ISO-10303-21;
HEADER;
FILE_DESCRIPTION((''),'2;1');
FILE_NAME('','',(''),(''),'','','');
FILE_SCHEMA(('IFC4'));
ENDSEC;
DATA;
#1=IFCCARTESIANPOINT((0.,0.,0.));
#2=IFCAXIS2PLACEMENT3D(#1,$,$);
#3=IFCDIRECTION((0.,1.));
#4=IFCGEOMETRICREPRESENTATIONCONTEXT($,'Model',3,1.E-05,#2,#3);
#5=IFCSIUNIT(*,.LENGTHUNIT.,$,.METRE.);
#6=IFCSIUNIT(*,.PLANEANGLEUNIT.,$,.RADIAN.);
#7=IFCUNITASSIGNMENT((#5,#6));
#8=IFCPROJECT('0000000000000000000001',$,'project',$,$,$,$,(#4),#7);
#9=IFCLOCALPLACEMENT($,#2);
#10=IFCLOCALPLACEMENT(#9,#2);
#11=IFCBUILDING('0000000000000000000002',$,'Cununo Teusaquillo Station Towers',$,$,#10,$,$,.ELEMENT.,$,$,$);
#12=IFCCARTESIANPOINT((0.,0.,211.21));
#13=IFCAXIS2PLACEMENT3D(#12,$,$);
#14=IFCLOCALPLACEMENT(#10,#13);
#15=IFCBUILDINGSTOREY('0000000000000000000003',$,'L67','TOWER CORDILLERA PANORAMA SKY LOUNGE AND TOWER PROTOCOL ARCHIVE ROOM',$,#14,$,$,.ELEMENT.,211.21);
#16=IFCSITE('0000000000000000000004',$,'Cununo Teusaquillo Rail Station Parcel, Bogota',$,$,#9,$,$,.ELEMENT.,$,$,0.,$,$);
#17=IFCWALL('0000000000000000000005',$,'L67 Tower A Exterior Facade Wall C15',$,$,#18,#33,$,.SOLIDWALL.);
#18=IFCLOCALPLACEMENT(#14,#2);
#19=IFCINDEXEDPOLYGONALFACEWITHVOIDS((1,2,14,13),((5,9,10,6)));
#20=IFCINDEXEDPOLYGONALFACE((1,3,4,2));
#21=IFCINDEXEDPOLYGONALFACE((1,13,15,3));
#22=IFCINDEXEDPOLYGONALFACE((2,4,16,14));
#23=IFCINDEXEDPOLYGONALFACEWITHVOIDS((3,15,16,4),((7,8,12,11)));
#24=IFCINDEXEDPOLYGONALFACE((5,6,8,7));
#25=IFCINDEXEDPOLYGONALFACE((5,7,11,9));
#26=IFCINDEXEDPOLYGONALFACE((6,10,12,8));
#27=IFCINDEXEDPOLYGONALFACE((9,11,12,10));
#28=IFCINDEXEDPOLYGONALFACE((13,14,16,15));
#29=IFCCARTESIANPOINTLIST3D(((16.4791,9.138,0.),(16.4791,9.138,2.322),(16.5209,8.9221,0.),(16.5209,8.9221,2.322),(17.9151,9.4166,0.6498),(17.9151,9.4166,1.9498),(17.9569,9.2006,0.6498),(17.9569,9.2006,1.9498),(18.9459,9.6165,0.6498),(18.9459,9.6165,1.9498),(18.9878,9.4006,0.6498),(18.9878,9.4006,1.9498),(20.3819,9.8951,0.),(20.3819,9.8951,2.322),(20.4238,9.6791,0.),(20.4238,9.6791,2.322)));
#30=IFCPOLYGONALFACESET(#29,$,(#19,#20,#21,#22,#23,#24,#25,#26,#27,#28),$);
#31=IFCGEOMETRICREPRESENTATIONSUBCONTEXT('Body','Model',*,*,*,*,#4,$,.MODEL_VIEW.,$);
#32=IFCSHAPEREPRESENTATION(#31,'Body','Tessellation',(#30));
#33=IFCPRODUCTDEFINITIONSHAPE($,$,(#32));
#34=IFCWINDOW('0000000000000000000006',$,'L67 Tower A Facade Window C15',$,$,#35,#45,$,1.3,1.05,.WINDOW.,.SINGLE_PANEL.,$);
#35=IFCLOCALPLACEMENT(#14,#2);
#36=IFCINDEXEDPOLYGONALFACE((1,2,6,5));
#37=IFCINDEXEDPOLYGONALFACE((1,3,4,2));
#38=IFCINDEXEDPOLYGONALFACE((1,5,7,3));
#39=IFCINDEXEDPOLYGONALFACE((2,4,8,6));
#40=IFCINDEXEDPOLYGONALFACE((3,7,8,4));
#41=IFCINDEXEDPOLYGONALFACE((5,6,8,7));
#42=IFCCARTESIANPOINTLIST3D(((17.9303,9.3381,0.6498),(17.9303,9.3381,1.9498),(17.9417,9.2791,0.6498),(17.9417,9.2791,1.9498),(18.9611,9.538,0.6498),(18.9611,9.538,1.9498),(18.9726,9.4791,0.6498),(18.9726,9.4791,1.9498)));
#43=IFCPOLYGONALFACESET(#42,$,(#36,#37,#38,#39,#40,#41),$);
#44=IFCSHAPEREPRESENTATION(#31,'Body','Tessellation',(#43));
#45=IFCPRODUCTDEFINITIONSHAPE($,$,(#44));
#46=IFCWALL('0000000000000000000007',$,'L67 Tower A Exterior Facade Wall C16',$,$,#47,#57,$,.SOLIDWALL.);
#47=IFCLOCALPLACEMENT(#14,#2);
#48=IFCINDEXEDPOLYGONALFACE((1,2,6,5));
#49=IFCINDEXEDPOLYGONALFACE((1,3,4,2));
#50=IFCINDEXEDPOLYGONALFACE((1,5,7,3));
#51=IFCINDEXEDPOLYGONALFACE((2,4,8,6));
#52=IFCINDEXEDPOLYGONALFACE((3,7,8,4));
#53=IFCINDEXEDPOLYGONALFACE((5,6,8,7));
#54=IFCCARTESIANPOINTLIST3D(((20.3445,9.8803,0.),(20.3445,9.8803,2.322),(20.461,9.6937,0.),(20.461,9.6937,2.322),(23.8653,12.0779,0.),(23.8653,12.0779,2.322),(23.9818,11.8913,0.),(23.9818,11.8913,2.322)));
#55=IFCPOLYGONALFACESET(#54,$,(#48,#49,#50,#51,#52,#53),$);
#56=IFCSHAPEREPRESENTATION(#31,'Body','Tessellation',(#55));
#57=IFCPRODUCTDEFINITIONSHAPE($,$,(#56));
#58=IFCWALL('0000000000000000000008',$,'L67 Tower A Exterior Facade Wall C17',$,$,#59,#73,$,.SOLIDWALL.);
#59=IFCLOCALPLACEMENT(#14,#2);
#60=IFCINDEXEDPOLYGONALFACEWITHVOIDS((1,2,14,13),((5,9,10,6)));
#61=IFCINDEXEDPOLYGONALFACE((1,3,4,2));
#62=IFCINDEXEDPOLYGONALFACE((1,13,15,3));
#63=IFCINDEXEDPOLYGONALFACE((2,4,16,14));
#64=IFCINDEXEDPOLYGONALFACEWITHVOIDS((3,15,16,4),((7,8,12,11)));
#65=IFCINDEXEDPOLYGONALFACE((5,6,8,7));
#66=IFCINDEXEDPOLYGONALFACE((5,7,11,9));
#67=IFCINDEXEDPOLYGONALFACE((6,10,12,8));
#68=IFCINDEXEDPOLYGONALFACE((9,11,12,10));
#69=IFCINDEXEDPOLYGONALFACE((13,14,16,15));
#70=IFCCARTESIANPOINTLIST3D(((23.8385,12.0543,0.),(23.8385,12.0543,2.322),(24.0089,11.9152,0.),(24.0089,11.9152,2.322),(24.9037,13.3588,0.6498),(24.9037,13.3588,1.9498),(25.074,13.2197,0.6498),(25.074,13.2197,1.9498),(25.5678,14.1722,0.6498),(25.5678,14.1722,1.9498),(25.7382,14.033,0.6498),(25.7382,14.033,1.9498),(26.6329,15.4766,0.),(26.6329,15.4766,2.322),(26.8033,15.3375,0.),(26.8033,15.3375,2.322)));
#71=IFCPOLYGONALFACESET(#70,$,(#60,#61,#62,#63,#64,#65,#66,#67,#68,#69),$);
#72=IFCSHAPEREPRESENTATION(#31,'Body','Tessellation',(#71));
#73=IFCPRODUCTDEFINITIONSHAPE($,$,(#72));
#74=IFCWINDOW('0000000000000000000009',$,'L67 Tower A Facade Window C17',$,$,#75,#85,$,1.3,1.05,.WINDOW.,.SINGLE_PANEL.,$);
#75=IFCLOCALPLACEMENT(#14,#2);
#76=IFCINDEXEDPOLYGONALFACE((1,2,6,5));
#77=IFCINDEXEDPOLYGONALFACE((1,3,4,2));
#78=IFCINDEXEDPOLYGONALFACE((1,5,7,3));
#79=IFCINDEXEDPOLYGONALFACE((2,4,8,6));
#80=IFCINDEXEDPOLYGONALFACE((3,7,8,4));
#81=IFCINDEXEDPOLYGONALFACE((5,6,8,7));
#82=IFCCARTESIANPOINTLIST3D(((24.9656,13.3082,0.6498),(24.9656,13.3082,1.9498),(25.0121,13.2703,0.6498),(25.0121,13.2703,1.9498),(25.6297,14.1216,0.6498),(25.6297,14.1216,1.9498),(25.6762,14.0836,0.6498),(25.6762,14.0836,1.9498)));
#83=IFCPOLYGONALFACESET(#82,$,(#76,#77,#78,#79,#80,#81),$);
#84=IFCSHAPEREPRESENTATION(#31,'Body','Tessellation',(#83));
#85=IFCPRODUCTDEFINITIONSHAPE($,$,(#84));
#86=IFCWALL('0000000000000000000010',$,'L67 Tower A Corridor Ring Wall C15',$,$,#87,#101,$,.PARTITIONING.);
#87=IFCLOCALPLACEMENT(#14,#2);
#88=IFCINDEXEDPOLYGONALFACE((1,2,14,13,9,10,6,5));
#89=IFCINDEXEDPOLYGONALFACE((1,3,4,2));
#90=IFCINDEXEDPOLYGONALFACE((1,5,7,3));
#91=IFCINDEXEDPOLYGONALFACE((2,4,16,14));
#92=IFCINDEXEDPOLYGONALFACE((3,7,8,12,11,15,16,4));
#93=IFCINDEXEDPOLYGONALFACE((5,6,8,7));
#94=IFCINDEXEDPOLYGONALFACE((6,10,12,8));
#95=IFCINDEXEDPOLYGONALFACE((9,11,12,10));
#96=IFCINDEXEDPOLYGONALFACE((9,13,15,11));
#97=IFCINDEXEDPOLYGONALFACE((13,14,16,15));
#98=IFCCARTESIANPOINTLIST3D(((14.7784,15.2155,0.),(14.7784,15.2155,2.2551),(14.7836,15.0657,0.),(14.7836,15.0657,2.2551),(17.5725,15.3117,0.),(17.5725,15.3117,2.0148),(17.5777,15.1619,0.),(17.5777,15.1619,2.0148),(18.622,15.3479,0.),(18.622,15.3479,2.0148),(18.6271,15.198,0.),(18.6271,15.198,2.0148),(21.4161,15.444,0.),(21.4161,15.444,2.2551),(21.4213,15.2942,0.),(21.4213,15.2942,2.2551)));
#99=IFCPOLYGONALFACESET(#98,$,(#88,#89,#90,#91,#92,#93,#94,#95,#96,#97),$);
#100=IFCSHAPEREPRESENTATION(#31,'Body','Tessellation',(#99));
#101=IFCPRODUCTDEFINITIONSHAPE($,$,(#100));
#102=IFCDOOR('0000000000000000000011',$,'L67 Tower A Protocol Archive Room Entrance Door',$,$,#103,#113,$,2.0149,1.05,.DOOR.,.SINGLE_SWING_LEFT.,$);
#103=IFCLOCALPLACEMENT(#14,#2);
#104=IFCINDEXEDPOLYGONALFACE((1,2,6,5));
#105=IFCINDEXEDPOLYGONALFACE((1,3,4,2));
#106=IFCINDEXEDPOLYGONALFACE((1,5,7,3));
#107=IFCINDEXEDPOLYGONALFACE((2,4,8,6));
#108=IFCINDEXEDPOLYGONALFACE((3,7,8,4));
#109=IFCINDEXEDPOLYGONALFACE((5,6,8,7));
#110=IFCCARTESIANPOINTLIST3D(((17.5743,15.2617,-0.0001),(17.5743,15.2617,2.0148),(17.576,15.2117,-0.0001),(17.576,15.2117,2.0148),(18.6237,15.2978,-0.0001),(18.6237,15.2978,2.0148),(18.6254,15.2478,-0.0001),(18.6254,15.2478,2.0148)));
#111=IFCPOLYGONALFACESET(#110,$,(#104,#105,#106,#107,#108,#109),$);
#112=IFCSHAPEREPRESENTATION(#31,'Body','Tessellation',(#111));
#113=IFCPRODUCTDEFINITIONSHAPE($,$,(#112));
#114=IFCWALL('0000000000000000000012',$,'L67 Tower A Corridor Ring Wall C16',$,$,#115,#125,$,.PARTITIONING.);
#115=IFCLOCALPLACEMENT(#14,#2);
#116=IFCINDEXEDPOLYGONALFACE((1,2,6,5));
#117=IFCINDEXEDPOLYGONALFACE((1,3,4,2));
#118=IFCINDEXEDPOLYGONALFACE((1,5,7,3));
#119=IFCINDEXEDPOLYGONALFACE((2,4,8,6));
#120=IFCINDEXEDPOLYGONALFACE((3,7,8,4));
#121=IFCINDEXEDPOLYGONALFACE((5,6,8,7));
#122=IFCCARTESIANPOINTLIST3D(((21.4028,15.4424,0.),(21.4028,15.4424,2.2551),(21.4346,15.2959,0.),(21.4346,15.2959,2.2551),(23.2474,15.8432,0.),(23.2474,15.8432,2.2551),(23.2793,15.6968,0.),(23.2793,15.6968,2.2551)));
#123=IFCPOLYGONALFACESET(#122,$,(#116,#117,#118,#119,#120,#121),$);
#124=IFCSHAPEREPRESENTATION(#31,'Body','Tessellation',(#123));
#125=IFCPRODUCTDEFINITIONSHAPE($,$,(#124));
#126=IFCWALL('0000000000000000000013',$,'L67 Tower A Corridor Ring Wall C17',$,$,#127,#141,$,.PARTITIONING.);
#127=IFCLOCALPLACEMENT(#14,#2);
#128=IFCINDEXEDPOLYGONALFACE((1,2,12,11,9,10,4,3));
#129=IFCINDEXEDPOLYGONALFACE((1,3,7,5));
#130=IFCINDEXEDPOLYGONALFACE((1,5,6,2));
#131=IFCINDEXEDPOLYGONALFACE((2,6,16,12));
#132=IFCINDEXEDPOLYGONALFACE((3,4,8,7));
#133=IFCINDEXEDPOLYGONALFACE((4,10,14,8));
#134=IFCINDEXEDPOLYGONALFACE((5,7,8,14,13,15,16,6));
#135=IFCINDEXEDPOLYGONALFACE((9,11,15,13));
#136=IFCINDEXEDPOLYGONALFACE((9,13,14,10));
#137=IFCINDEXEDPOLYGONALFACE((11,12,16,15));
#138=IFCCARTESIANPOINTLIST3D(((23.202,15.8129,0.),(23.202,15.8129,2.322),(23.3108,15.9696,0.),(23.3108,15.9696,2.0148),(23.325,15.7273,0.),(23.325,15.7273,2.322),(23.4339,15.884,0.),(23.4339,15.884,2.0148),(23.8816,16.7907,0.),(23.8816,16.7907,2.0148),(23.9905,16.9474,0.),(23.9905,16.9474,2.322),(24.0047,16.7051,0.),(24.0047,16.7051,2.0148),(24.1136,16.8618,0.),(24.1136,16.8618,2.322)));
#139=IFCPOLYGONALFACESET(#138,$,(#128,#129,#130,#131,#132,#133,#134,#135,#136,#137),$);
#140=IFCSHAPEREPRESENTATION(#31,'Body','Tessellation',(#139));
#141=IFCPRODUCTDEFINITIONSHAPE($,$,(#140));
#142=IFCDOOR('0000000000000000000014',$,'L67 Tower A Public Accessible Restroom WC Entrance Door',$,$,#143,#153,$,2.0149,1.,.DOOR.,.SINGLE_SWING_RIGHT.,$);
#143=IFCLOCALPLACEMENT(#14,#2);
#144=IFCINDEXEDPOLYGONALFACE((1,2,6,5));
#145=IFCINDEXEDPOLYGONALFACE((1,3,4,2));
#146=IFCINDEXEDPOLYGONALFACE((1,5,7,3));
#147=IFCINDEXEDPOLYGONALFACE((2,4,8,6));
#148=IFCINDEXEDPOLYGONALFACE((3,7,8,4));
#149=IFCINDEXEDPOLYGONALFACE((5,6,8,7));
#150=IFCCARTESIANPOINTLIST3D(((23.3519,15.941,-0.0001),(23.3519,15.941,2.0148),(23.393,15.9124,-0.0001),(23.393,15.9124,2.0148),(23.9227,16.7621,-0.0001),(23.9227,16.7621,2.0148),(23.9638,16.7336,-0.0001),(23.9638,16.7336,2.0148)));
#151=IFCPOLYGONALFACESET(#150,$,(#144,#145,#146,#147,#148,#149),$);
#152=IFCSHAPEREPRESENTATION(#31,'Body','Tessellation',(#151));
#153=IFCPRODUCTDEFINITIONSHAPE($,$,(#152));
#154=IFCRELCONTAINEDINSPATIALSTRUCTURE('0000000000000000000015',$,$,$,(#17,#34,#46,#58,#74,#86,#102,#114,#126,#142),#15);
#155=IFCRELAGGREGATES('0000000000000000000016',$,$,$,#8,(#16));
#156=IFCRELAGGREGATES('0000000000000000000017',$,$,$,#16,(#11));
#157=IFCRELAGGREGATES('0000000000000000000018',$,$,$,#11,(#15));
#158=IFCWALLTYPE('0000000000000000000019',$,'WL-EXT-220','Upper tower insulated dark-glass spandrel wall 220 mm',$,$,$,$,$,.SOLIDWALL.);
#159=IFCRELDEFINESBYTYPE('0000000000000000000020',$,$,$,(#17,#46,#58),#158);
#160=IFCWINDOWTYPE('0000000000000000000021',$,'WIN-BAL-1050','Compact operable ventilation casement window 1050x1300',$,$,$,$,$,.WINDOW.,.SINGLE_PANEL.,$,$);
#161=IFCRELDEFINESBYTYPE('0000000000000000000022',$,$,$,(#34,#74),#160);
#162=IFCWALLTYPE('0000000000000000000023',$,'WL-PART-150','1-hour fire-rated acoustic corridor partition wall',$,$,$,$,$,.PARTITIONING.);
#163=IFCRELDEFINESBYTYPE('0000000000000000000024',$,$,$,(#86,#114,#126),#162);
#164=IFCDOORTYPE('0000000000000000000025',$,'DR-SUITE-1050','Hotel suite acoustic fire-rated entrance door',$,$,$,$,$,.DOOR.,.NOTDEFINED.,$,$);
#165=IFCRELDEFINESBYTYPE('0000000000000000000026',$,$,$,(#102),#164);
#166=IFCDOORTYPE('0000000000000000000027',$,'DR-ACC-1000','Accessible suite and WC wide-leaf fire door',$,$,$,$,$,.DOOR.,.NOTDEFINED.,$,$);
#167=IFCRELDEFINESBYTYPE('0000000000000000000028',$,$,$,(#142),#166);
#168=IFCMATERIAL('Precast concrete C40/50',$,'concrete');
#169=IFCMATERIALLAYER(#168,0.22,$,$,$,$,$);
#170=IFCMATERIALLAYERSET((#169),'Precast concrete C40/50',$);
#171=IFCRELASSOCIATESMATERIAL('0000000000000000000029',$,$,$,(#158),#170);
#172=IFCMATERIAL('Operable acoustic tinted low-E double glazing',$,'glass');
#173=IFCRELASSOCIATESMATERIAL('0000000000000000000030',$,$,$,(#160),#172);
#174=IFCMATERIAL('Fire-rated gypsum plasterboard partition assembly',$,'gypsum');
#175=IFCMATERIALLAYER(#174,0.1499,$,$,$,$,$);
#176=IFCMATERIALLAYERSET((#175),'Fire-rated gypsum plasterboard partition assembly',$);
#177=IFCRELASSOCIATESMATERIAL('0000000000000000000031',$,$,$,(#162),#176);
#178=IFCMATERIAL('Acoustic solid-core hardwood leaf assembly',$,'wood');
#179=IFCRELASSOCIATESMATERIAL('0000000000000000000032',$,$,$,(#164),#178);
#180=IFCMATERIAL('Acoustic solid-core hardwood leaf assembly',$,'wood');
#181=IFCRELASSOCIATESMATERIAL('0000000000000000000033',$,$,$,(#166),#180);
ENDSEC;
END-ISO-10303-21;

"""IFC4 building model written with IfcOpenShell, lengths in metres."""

from ifc_helpers import new_model, si_unit, direction, frame, frame_2d, origin, place, context, subcontext, project, spatial, rectangle, extrude, source, transform, mapped, material, layer, layer_set, type_object, element, fill, save


model = new_model("IFC4")

# Units and contexts
model_context = context("Model", 3, precision=1e-05, world=origin(), true_north=direction((0.0, 1.0)))
body_context = subcontext(model_context, "Body", "Model", "MODEL_VIEW")
ifc_project = project(units=[si_unit("LENGTHUNIT", "METRE"), si_unit("PLANEANGLEUNIT", "RADIAN")], contexts=[model_context])

# Site, building, storey
site_placement = place(None, origin())
site = spatial("IfcSite", under=ifc_project, at=site_placement, Name="Cununo Teusaquillo Rail Station Parcel, Bogota", CompositionType="ELEMENT", RefElevation=0.0)
building_placement = place(site_placement, origin())
building = spatial("IfcBuilding", under=site, at=building_placement, Name="Cununo Teusaquillo Station Towers", CompositionType="ELEMENT")
storey_placement = place(building_placement, frame((0.0, 0.0, 211.21)))
storey = spatial("IfcBuildingStorey", under=building, at=storey_placement, Name="L67", Description="TOWER CORDILLERA PANORAMA SKY LOUNGE AND TOWER PROTOCOL ARCHIVE ROOM", CompositionType="ELEMENT", Elevation=211.21)

# Wall, opening, window
ifc_material_1 = material(Name="Precast concrete C40/50", Category="concrete")
ifc_layer_1 = layer(ifc_material_1, 0.22)
ifc_layer_set_1 = layer_set([ifc_layer_1], Name="Precast concrete C40/50")
wall_type_1 = type_object("IfcWallType", Name="WL-EXT-220", Description="Upper tower insulated dark-glass spandrel wall 220 mm", PredefinedType="SOLIDWALL", material=ifc_layer_set_1)
shared_shape_1 = source(origin(), body_context, "Body", "SweptSolid", [
    extrude(rectangle(XDim=1.05, YDim=1.3, at=frame_2d((0.5249, 0.6499))), frame((0.0, 0.1199, 0.0), z_axis=(0.0, -1.0, 0.0), x_axis=(1.0, 0.0, 0.0)), (0.0, 0.0, 1.0), 0.24),
])
ifc_material_2 = material(Name="Operable acoustic tinted low-E double glazing", Category="glass")
window_type = type_object("IfcWindowType", Name="WIN-BAL-1050", Description="Compact operable ventilation casement window 1050x1300", PartitioningType="SINGLE_PANEL", PredefinedType="WINDOW", material=ifc_material_2)
shared_shape_2 = source(origin(), body_context, "Body", "SweptSolid", [
    extrude(rectangle(XDim=1.05, YDim=1.3, at=frame_2d((0.5249, 0.6499))), frame((0.0, 0.03, 0.0), z_axis=(0.0, -1.0, 0.0), x_axis=(1.0, 0.0, 0.0)), (0.0, 0.0, 1.0), 0.0601),
])
wall_1_placement = place(storey_placement, frame((20.4028, 9.7871, 0.0), z_axis=(0.0, 0.0, 1.0), x_axis=(-0.9817, -0.190432, 0.0)))
wall_1 = element("IfcWall", 1, at=wall_1_placement, inside=storey, type_object=wall_type_1, Name="L67 Tower A Exterior Facade Wall C15", PredefinedType="SOLIDWALL", context=body_context, shape_type="SweptSolid", body=[
    extrude(rectangle(XDim=3.9756, YDim=0.22, at=frame_2d((1.9878, 0.0))), origin(), (0.0, 0.0, 1.0), 2.322),
])
opening_1_placement = place(wall_1_placement, frame((1.4629, 0.0, 0.6499)))
opening_1 = element("IfcOpeningElement", 2, at=opening_1_placement, cuts=wall_1, PredefinedType="OPENING", context=body_context, shape_type="MappedRepresentation", body=[
    mapped(shared_shape_1, transform((0.0, 0.0, 0.0), x_axis=(1.0, 0.0, 0.0), y_axis=(0.0, 1.0, 0.0), z_axis=(0.0, 0.0, 1.0), scale=1.0)),
])
window_1_placement = place(opening_1_placement, origin())
window_1 = element("IfcWindow", 3, at=window_1_placement, inside=storey, type_object=window_type, Name="L67 Tower A Facade Window C15", OverallHeight=1.3, OverallWidth=1.05, PartitioningType="SINGLE_PANEL", PredefinedType="WINDOW", context=body_context, shape_type="MappedRepresentation", body=[
    mapped(shared_shape_2, transform((0.0, 0.0, 0.0), x_axis=(1.0, 0.0, 0.0), y_axis=(0.0, 1.0, 0.0), z_axis=(0.0, 0.0, 1.0), scale=1.0)),
])
fill(opening_1, window_1)

# Wall
wall_2_placement = place(storey_placement, frame((23.9236, 11.9846, 0.0), z_axis=(0.0, 0.0, 1.0), x_axis=(-0.848319, -0.529486, 0.0)))
element("IfcWall", 4, at=wall_2_placement, inside=storey, type_object=wall_type_1, Name="L67 Tower A Exterior Facade Wall C16", PredefinedType="SOLIDWALL", context=body_context, shape_type="SweptSolid", body=[
    extrude(rectangle(XDim=4.1504, YDim=0.22, at=frame_2d((2.0752, 0.0))), origin(), (0.0, 0.0, 1.0), 2.322),
])

# Wall, opening, window
wall_3_placement = place(storey_placement, frame((26.718, 15.407, 0.0), z_axis=(0.0, 0.0, 1.0), x_axis=(-0.632467, -0.774587, 0.0)))
wall_3 = element("IfcWall", 5, at=wall_3_placement, inside=storey, type_object=wall_type_1, Name="L67 Tower A Exterior Facade Wall C17", PredefinedType="SOLIDWALL", context=body_context, shape_type="SweptSolid", body=[
    extrude(rectangle(XDim=4.4182, YDim=0.22, at=frame_2d((2.209, 0.0))), origin(), (0.0, 0.0, 1.0), 2.322),
])
opening_2_placement = place(wall_3_placement, frame((1.6841, 0.0, 0.6499)))
opening_2 = element("IfcOpeningElement", 6, at=opening_2_placement, cuts=wall_3, PredefinedType="OPENING", context=body_context, shape_type="MappedRepresentation", body=[
    mapped(shared_shape_1, transform((0.0, 0.0, 0.0), x_axis=(1.0, 0.0, 0.0), y_axis=(0.0, 1.0, 0.0), z_axis=(0.0, 0.0, 1.0), scale=1.0)),
])
window_2_placement = place(opening_2_placement, origin())
window_2 = element("IfcWindow", 7, at=window_2_placement, inside=storey, type_object=window_type, Name="L67 Tower A Facade Window C17", OverallHeight=1.3, OverallWidth=1.05, PartitioningType="SINGLE_PANEL", PredefinedType="WINDOW", context=body_context, shape_type="MappedRepresentation", body=[
    mapped(shared_shape_2, transform((0.0, 0.0, 0.0), x_axis=(1.0, 0.0, 0.0), y_axis=(0.0, 1.0, 0.0), z_axis=(0.0, 0.0, 1.0), scale=1.0)),
])
fill(opening_2, window_2)

# Wall, opening, door
ifc_material_3 = material(Name="Fire-rated gypsum plasterboard partition assembly", Category="gypsum")
ifc_layer_2 = layer(ifc_material_3, 0.1499)
ifc_layer_set_2 = layer_set([ifc_layer_2], Name="Fire-rated gypsum plasterboard partition assembly")
wall_type_2 = type_object("IfcWallType", Name="WL-PART-150", Description="1-hour fire-rated acoustic corridor partition wall", PredefinedType="PARTITIONING", material=ifc_layer_set_2)
wall_4_placement = place(storey_placement, frame((14.781, 15.1406, 0.0), z_axis=(0.0, 0.0, 1.0), x_axis=(0.999408, 0.034407, 0.0)))
wall_4 = element("IfcWall", 8, at=wall_4_placement, inside=storey, type_object=wall_type_2, Name="L67 Tower A Corridor Ring Wall C15", PredefinedType="PARTITIONING", context=body_context, shape_type="SweptSolid", body=[
    extrude(rectangle(XDim=6.6416, YDim=0.1499, at=frame_2d((3.3208, 0.0))), origin(), (0.0, 0.0, 1.0), 2.2551),
])
shared_shape_3 = source(origin(), body_context, "Body", "SweptSolid", [
    extrude(rectangle(XDim=1.05, YDim=2.0149, at=frame_2d((0.5249, 1.0073))), frame((0.0, 0.085, 0.0), z_axis=(0.0, -1.0, 0.0), x_axis=(1.0, 0.0, 0.0)), (0.0, 0.0, 1.0), 0.1699),
])
opening_3_placement = place(wall_4_placement, frame((2.7959, 0.0, 0.0)))
opening_3 = element("IfcOpeningElement", 9, at=opening_3_placement, cuts=wall_4, PredefinedType="OPENING", context=body_context, shape_type="MappedRepresentation", body=[
    mapped(shared_shape_3, transform((0.0, 0.0, 0.0), x_axis=(1.0, 0.0, 0.0), y_axis=(0.0, 1.0, 0.0), z_axis=(0.0, 0.0, 1.0), scale=1.0)),
])
ifc_material_4 = material(Name="Acoustic solid-core hardwood leaf assembly", Category="wood")
door_type_1 = type_object("IfcDoorType", Name="DR-SUITE-1050", Description="Hotel suite acoustic fire-rated entrance door", OperationType="NOTDEFINED", PredefinedType="DOOR", material=ifc_material_4)
shared_shape_4 = source(origin(), body_context, "Body", "SweptSolid", [
    extrude(rectangle(XDim=1.05, YDim=2.0149, at=frame_2d((0.5249, 1.0073))), frame((0.0, 0.0249, 0.0), z_axis=(0.0, -1.0, 0.0), x_axis=(1.0, 0.0, 0.0)), (0.0, 0.0, 1.0), 0.05),
])
door_1_placement = place(opening_3_placement, origin())
door_1 = element("IfcDoor", 10, at=door_1_placement, inside=storey, type_object=door_type_1, Name="L67 Tower A Protocol Archive Room Entrance Door", OperationType="SINGLE_SWING_LEFT", OverallHeight=2.0149, OverallWidth=1.05, PredefinedType="DOOR", context=body_context, shape_type="MappedRepresentation", body=[
    mapped(shared_shape_4, transform((0.0, 0.0, 0.0), x_axis=(1.0, 0.0, 0.0), y_axis=(0.0, 1.0, 0.0), z_axis=(0.0, 0.0, 1.0), scale=1.0)),
])
fill(opening_3, door_1)

# Wall
wall_5_placement = place(storey_placement, frame((21.4187, 15.3691, 0.0), z_axis=(0.0, 0.0, 1.0), x_axis=(0.977193, 0.212354, 0.0)))
element("IfcWall", 11, at=wall_5_placement, inside=storey, type_object=wall_type_2, Name="L67 Tower A Corridor Ring Wall C16", PredefinedType="PARTITIONING", context=body_context, shape_type="SweptSolid", body=[
    extrude(rectangle(XDim=1.8877, YDim=0.1499, at=frame_2d((0.9438, 0.0))), origin(), (0.0, 0.0, 1.0), 2.2551),
])

# Wall, opening, door
wall_6_placement = place(storey_placement, frame((23.2634, 15.77, 0.0), z_axis=(0.0, 0.0, 1.0), x_axis=(0.570743, 0.821128, 0.0)))
wall_6 = element("IfcWall", 12, at=wall_6_placement, inside=storey, type_object=wall_type_2, Name="L67 Tower A Corridor Ring Wall C17", PredefinedType="PARTITIONING", context=body_context, shape_type="SweptSolid", body=[
    extrude(rectangle(XDim=1.3816, YDim=0.1499, at=frame_2d((0.6909, 0.0))), origin(), (0.0, 0.0, 1.0), 2.322),
])
shared_shape_5 = source(origin(), body_context, "Body", "SweptSolid", [
    extrude(rectangle(XDim=1.0, YDim=2.0149, at=frame_2d((0.5, 1.0073))), frame((0.0, 0.085, 0.0), z_axis=(0.0, -1.0, 0.0), x_axis=(1.0, 0.0, 0.0)), (0.0, 0.0, 1.0), 0.1699),
])
opening_4_placement = place(wall_6_placement, frame((0.1909, 0.0, 0.0)))
opening_4 = element("IfcOpeningElement", 13, at=opening_4_placement, cuts=wall_6, PredefinedType="OPENING", context=body_context, shape_type="MappedRepresentation", body=[
    mapped(shared_shape_5, transform((0.0, 0.0, 0.0), x_axis=(1.0, 0.0, 0.0), y_axis=(0.0, 1.0, 0.0), z_axis=(0.0, 0.0, 1.0), scale=1.0)),
])
ifc_material_5 = material(Name="Acoustic solid-core hardwood leaf assembly", Category="wood")
door_type_2 = type_object("IfcDoorType", Name="DR-ACC-1000", Description="Accessible suite and WC wide-leaf fire door", OperationType="NOTDEFINED", PredefinedType="DOOR", material=ifc_material_5)
shared_shape_6 = source(origin(), body_context, "Body", "SweptSolid", [
    extrude(rectangle(XDim=1.0, YDim=2.0149, at=frame_2d((0.5, 1.0073))), frame((0.0, 0.0249, 0.0), z_axis=(0.0, -1.0, 0.0), x_axis=(1.0, 0.0, 0.0)), (0.0, 0.0, 1.0), 0.05),
])
door_2_placement = place(opening_4_placement, origin())
door_2 = element("IfcDoor", 14, at=door_2_placement, inside=storey, type_object=door_type_2, Name="L67 Tower A Public Accessible Restroom WC Entrance Door", OperationType="SINGLE_SWING_RIGHT", OverallHeight=2.0149, OverallWidth=1.0, PredefinedType="DOOR", context=body_context, shape_type="MappedRepresentation", body=[
    mapped(shared_shape_6, transform((0.0, 0.0, 0.0), x_axis=(1.0, 0.0, 0.0), y_axis=(0.0, 1.0, 0.0), z_axis=(0.0, 0.0, 1.0), scale=1.0)),
])
fill(opening_4, door_2)

save(model, "model.ifc")
